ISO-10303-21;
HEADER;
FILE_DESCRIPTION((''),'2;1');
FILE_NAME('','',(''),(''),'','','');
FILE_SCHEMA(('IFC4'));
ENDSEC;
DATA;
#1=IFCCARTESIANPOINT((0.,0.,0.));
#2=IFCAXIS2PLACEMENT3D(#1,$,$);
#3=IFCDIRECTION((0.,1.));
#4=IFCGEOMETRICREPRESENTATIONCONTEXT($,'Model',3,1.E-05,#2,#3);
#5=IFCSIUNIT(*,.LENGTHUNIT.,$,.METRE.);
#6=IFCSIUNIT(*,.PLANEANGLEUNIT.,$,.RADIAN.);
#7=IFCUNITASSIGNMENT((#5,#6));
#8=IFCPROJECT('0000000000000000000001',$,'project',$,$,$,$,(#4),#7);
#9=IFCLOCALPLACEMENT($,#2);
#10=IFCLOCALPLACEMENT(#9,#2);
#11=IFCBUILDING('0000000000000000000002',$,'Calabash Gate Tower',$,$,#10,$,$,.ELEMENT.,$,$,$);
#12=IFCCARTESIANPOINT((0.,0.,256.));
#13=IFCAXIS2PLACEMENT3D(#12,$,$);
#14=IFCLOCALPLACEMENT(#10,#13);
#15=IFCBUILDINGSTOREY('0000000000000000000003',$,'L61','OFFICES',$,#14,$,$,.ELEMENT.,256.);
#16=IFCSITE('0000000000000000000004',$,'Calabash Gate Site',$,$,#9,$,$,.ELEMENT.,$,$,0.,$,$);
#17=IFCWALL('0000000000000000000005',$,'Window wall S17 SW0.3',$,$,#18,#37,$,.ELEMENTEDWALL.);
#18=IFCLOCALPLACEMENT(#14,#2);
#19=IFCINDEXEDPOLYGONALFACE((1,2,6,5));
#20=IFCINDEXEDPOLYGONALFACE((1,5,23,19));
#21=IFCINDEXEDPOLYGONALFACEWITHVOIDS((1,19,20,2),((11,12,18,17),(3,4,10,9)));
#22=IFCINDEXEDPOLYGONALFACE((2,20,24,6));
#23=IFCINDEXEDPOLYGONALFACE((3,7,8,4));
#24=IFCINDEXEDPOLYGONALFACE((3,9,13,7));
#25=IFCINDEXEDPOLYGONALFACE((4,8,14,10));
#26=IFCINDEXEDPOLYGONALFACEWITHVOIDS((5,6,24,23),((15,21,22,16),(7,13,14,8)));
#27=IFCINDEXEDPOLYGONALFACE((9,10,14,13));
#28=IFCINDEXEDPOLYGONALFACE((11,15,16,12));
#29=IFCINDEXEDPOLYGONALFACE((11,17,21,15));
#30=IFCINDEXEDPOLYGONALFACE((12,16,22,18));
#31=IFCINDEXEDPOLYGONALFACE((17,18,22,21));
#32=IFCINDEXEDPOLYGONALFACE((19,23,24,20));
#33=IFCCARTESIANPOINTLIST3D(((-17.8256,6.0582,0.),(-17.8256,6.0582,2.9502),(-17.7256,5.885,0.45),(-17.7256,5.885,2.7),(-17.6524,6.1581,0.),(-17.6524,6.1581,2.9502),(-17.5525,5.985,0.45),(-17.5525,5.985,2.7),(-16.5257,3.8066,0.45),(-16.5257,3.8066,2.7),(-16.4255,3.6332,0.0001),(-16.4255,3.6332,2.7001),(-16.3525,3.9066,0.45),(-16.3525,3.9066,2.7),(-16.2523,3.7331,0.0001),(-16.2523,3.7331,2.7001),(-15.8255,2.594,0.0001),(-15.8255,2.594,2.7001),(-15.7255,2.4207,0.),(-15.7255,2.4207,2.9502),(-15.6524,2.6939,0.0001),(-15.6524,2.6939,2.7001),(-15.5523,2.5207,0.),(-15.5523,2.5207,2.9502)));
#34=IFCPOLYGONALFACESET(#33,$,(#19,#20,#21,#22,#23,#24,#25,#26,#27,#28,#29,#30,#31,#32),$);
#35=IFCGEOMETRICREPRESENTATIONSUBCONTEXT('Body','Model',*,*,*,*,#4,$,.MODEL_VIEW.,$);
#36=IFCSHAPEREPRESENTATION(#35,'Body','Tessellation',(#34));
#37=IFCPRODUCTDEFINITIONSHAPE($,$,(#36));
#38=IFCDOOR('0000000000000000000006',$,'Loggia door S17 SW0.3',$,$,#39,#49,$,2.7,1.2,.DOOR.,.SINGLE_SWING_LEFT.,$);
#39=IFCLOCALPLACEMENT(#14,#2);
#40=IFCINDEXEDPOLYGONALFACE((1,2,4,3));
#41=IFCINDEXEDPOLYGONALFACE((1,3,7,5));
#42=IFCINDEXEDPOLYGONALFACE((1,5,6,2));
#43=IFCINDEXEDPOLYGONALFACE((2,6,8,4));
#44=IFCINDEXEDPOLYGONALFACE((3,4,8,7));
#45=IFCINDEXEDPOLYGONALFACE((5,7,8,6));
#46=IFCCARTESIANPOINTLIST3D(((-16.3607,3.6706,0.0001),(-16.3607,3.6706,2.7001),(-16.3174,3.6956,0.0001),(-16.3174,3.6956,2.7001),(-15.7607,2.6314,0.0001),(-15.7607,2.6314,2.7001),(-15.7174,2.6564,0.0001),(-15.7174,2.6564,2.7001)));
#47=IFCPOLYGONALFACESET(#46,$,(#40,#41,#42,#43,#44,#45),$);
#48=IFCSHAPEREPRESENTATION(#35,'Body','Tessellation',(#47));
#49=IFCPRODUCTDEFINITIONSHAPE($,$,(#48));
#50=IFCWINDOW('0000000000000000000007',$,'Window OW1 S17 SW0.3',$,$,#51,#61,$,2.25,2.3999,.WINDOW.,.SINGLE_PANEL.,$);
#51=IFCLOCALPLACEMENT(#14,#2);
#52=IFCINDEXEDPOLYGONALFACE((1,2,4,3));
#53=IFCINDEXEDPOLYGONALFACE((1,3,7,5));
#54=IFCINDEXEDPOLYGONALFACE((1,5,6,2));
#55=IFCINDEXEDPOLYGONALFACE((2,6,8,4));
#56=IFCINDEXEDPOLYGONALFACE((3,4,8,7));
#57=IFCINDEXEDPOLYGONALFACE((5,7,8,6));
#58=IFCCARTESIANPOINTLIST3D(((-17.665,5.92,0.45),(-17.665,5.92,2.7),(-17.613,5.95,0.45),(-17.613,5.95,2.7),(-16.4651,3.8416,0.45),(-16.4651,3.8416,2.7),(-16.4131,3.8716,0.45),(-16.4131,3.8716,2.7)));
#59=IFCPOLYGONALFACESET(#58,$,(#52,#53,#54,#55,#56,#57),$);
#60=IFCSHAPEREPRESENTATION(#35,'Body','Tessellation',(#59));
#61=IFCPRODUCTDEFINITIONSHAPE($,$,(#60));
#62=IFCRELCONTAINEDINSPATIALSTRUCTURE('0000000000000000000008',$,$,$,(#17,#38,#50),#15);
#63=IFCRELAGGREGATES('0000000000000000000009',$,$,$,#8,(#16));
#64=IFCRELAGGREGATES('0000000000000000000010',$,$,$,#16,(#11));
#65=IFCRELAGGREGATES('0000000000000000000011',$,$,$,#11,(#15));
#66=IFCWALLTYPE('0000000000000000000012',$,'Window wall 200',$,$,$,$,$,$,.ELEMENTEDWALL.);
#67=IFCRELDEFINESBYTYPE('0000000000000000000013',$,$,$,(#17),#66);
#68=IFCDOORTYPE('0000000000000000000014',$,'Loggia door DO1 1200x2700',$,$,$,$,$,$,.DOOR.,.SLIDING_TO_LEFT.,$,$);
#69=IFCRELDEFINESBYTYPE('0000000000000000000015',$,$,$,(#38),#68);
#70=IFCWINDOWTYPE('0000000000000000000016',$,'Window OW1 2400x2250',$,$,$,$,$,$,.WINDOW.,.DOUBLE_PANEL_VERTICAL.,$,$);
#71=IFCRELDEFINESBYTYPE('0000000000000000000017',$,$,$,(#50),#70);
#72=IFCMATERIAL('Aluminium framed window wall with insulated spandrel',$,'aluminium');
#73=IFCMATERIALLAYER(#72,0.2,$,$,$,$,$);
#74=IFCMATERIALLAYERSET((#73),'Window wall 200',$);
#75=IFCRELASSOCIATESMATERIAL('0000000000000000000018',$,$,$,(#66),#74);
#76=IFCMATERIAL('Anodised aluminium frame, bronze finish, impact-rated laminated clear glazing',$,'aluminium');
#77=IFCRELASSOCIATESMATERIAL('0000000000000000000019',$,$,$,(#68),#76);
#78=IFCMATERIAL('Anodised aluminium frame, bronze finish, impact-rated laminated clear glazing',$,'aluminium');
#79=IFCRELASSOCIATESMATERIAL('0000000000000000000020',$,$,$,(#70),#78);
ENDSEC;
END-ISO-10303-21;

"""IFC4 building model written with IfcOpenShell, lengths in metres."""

from ifc_helpers import new_model, si_unit, direction, frame, frame_2d, origin, place, context, subcontext, project, spatial, rectangle, extrude, material, layer, layer_set, type_object, element, fill, save


model = new_model("IFC4")

# Units and contexts
model_context = context("Model", 3, precision=1e-05, world=origin(), true_north=direction((0.0, 1.0)))
body_context = subcontext(model_context, "Body", "Model", "MODEL_VIEW")
ifc_project = project(units=[si_unit("LENGTHUNIT", "METRE"), si_unit("PLANEANGLEUNIT", "RADIAN")], contexts=[model_context])

# Site, building, storey
site_placement = place(None, origin())
site = spatial("IfcSite", under=ifc_project, at=site_placement, Name="Calabash Gate Site", CompositionType="ELEMENT", RefElevation=0.0)
building_placement = place(site_placement, origin())
building = spatial("IfcBuilding", under=site, at=building_placement, Name="Calabash Gate Tower", CompositionType="ELEMENT")
storey_placement = place(building_placement, frame((0.0, 0.0, 256.0)))
storey = spatial("IfcBuildingStorey", under=building, at=storey_placement, Name="L61", Description="OFFICES", CompositionType="ELEMENT", Elevation=256.0)

# Shared definitions
ifc_material_1 = material(Name="Aluminium framed window wall with insulated spandrel", Category="aluminium")
ifc_layer_1 = layer(ifc_material_1, 0.2)
ifc_layer_set_1 = layer_set([ifc_layer_1], Name="Window wall 200")
wall_type_1 = type_object("IfcWallType", Name="Window wall 200", PredefinedType="ELEMENTEDWALL", material=ifc_layer_set_1)

# Wall, openings, door, window
wall_1_placement = place(storey_placement, frame((-17.739, 6.1082, 0.0), z_axis=(0.0, 0.0, 1.0), x_axis=(0.500003, -0.866024, 0.0)))
wall_1 = element("IfcWall", 1, at=wall_1_placement, inside=storey, type_object=wall_type_1, Name="Window wall S17 SW0.3", PredefinedType="ELEMENTEDWALL", context=body_context, shape_type="SweptSolid", body=[
    extrude(rectangle(XDim=4.2002, YDim=0.2, at=frame_2d((2.1001, 0.0))), origin(), (0.0, 0.0, 1.0), 2.9502),
])
opening_1_placement = place(wall_1_placement, frame((0.2, 0.0, 0.45)))
opening_1 = element("IfcOpeningElement", 2, at=opening_1_placement, cuts=wall_1, PredefinedType="OPENING", context=body_context, shape_type="SweptSolid", body=[
    extrude(rectangle(XDim=2.3999, YDim=2.25, at=frame_2d((1.2, 1.125))), frame((0.0, 0.1099, 0.0), z_axis=(0.0, -1.0, 0.0), x_axis=(1.0, 0.0, 0.0)), (0.0, 0.0, 1.0), 0.22),
])
opening_2_placement = place(wall_1_placement, frame((2.8, 0.0, 0.0)))
opening_2 = element("IfcOpeningElement", 3, at=opening_2_placement, cuts=wall_1, PredefinedType="OPENING", context=body_context, shape_type="SweptSolid", body=[
    extrude(rectangle(XDim=1.2, YDim=2.7, at=frame_2d((0.6001, 1.3501))), frame((0.0, 0.1099, 0.0), z_axis=(0.0, -1.0, 0.0), x_axis=(1.0, 0.0, 0.0)), (0.0, 0.0, 1.0), 0.22),
])
ifc_material_2 = material(Name="Anodised aluminium frame, bronze finish, impact-rated laminated clear glazing", Category="aluminium")
door_type = type_object("IfcDoorType", Name="Loggia door DO1 1200x2700", OperationType="SLIDING_TO_LEFT", PredefinedType="DOOR", material=ifc_material_2)
door_placement = place(opening_2_placement, origin())
door = element("IfcDoor", 4, at=door_placement, inside=storey, type_object=door_type, Name="Loggia door S17 SW0.3", OperationType="SINGLE_SWING_LEFT", OverallHeight=2.7, OverallWidth=1.2, PredefinedType="DOOR", context=body_context, shape_type="SweptSolid", body=[
    extrude(rectangle(XDim=1.2, YDim=2.7, at=frame_2d((0.6001, 1.3501))), frame((0.0, 0.0249, 0.0), z_axis=(0.0, -1.0, 0.0), x_axis=(1.0, 0.0, 0.0)), (0.0, 0.0, 1.0), 0.05),
])
fill(opening_2, door)
ifc_material_3 = material(Name="Anodised aluminium frame, bronze finish, impact-rated laminated clear glazing", Category="aluminium")
window_type_1 = type_object("IfcWindowType", Name="Window OW1 2400x2250", PartitioningType="DOUBLE_PANEL_VERTICAL", PredefinedType="WINDOW", material=ifc_material_3)
window_1_placement = place(opening_1_placement, origin())
window_1 = element("IfcWindow", 5, at=window_1_placement, inside=storey, type_object=window_type_1, Name="Window OW1 S17 SW0.3", OverallHeight=2.25, OverallWidth=2.3999, PartitioningType="SINGLE_PANEL", PredefinedType="WINDOW", context=body_context, shape_type="SweptSolid", body=[
    extrude(rectangle(XDim=2.3999, YDim=2.25, at=frame_2d((1.2, 1.125))), frame((0.0, 0.03, 0.0), z_axis=(0.0, -1.0, 0.0), x_axis=(1.0, 0.0, 0.0)), (0.0, 0.0, 1.0), 0.0601),
])
fill(opening_1, window_1)

save(model, "model.ifc")
